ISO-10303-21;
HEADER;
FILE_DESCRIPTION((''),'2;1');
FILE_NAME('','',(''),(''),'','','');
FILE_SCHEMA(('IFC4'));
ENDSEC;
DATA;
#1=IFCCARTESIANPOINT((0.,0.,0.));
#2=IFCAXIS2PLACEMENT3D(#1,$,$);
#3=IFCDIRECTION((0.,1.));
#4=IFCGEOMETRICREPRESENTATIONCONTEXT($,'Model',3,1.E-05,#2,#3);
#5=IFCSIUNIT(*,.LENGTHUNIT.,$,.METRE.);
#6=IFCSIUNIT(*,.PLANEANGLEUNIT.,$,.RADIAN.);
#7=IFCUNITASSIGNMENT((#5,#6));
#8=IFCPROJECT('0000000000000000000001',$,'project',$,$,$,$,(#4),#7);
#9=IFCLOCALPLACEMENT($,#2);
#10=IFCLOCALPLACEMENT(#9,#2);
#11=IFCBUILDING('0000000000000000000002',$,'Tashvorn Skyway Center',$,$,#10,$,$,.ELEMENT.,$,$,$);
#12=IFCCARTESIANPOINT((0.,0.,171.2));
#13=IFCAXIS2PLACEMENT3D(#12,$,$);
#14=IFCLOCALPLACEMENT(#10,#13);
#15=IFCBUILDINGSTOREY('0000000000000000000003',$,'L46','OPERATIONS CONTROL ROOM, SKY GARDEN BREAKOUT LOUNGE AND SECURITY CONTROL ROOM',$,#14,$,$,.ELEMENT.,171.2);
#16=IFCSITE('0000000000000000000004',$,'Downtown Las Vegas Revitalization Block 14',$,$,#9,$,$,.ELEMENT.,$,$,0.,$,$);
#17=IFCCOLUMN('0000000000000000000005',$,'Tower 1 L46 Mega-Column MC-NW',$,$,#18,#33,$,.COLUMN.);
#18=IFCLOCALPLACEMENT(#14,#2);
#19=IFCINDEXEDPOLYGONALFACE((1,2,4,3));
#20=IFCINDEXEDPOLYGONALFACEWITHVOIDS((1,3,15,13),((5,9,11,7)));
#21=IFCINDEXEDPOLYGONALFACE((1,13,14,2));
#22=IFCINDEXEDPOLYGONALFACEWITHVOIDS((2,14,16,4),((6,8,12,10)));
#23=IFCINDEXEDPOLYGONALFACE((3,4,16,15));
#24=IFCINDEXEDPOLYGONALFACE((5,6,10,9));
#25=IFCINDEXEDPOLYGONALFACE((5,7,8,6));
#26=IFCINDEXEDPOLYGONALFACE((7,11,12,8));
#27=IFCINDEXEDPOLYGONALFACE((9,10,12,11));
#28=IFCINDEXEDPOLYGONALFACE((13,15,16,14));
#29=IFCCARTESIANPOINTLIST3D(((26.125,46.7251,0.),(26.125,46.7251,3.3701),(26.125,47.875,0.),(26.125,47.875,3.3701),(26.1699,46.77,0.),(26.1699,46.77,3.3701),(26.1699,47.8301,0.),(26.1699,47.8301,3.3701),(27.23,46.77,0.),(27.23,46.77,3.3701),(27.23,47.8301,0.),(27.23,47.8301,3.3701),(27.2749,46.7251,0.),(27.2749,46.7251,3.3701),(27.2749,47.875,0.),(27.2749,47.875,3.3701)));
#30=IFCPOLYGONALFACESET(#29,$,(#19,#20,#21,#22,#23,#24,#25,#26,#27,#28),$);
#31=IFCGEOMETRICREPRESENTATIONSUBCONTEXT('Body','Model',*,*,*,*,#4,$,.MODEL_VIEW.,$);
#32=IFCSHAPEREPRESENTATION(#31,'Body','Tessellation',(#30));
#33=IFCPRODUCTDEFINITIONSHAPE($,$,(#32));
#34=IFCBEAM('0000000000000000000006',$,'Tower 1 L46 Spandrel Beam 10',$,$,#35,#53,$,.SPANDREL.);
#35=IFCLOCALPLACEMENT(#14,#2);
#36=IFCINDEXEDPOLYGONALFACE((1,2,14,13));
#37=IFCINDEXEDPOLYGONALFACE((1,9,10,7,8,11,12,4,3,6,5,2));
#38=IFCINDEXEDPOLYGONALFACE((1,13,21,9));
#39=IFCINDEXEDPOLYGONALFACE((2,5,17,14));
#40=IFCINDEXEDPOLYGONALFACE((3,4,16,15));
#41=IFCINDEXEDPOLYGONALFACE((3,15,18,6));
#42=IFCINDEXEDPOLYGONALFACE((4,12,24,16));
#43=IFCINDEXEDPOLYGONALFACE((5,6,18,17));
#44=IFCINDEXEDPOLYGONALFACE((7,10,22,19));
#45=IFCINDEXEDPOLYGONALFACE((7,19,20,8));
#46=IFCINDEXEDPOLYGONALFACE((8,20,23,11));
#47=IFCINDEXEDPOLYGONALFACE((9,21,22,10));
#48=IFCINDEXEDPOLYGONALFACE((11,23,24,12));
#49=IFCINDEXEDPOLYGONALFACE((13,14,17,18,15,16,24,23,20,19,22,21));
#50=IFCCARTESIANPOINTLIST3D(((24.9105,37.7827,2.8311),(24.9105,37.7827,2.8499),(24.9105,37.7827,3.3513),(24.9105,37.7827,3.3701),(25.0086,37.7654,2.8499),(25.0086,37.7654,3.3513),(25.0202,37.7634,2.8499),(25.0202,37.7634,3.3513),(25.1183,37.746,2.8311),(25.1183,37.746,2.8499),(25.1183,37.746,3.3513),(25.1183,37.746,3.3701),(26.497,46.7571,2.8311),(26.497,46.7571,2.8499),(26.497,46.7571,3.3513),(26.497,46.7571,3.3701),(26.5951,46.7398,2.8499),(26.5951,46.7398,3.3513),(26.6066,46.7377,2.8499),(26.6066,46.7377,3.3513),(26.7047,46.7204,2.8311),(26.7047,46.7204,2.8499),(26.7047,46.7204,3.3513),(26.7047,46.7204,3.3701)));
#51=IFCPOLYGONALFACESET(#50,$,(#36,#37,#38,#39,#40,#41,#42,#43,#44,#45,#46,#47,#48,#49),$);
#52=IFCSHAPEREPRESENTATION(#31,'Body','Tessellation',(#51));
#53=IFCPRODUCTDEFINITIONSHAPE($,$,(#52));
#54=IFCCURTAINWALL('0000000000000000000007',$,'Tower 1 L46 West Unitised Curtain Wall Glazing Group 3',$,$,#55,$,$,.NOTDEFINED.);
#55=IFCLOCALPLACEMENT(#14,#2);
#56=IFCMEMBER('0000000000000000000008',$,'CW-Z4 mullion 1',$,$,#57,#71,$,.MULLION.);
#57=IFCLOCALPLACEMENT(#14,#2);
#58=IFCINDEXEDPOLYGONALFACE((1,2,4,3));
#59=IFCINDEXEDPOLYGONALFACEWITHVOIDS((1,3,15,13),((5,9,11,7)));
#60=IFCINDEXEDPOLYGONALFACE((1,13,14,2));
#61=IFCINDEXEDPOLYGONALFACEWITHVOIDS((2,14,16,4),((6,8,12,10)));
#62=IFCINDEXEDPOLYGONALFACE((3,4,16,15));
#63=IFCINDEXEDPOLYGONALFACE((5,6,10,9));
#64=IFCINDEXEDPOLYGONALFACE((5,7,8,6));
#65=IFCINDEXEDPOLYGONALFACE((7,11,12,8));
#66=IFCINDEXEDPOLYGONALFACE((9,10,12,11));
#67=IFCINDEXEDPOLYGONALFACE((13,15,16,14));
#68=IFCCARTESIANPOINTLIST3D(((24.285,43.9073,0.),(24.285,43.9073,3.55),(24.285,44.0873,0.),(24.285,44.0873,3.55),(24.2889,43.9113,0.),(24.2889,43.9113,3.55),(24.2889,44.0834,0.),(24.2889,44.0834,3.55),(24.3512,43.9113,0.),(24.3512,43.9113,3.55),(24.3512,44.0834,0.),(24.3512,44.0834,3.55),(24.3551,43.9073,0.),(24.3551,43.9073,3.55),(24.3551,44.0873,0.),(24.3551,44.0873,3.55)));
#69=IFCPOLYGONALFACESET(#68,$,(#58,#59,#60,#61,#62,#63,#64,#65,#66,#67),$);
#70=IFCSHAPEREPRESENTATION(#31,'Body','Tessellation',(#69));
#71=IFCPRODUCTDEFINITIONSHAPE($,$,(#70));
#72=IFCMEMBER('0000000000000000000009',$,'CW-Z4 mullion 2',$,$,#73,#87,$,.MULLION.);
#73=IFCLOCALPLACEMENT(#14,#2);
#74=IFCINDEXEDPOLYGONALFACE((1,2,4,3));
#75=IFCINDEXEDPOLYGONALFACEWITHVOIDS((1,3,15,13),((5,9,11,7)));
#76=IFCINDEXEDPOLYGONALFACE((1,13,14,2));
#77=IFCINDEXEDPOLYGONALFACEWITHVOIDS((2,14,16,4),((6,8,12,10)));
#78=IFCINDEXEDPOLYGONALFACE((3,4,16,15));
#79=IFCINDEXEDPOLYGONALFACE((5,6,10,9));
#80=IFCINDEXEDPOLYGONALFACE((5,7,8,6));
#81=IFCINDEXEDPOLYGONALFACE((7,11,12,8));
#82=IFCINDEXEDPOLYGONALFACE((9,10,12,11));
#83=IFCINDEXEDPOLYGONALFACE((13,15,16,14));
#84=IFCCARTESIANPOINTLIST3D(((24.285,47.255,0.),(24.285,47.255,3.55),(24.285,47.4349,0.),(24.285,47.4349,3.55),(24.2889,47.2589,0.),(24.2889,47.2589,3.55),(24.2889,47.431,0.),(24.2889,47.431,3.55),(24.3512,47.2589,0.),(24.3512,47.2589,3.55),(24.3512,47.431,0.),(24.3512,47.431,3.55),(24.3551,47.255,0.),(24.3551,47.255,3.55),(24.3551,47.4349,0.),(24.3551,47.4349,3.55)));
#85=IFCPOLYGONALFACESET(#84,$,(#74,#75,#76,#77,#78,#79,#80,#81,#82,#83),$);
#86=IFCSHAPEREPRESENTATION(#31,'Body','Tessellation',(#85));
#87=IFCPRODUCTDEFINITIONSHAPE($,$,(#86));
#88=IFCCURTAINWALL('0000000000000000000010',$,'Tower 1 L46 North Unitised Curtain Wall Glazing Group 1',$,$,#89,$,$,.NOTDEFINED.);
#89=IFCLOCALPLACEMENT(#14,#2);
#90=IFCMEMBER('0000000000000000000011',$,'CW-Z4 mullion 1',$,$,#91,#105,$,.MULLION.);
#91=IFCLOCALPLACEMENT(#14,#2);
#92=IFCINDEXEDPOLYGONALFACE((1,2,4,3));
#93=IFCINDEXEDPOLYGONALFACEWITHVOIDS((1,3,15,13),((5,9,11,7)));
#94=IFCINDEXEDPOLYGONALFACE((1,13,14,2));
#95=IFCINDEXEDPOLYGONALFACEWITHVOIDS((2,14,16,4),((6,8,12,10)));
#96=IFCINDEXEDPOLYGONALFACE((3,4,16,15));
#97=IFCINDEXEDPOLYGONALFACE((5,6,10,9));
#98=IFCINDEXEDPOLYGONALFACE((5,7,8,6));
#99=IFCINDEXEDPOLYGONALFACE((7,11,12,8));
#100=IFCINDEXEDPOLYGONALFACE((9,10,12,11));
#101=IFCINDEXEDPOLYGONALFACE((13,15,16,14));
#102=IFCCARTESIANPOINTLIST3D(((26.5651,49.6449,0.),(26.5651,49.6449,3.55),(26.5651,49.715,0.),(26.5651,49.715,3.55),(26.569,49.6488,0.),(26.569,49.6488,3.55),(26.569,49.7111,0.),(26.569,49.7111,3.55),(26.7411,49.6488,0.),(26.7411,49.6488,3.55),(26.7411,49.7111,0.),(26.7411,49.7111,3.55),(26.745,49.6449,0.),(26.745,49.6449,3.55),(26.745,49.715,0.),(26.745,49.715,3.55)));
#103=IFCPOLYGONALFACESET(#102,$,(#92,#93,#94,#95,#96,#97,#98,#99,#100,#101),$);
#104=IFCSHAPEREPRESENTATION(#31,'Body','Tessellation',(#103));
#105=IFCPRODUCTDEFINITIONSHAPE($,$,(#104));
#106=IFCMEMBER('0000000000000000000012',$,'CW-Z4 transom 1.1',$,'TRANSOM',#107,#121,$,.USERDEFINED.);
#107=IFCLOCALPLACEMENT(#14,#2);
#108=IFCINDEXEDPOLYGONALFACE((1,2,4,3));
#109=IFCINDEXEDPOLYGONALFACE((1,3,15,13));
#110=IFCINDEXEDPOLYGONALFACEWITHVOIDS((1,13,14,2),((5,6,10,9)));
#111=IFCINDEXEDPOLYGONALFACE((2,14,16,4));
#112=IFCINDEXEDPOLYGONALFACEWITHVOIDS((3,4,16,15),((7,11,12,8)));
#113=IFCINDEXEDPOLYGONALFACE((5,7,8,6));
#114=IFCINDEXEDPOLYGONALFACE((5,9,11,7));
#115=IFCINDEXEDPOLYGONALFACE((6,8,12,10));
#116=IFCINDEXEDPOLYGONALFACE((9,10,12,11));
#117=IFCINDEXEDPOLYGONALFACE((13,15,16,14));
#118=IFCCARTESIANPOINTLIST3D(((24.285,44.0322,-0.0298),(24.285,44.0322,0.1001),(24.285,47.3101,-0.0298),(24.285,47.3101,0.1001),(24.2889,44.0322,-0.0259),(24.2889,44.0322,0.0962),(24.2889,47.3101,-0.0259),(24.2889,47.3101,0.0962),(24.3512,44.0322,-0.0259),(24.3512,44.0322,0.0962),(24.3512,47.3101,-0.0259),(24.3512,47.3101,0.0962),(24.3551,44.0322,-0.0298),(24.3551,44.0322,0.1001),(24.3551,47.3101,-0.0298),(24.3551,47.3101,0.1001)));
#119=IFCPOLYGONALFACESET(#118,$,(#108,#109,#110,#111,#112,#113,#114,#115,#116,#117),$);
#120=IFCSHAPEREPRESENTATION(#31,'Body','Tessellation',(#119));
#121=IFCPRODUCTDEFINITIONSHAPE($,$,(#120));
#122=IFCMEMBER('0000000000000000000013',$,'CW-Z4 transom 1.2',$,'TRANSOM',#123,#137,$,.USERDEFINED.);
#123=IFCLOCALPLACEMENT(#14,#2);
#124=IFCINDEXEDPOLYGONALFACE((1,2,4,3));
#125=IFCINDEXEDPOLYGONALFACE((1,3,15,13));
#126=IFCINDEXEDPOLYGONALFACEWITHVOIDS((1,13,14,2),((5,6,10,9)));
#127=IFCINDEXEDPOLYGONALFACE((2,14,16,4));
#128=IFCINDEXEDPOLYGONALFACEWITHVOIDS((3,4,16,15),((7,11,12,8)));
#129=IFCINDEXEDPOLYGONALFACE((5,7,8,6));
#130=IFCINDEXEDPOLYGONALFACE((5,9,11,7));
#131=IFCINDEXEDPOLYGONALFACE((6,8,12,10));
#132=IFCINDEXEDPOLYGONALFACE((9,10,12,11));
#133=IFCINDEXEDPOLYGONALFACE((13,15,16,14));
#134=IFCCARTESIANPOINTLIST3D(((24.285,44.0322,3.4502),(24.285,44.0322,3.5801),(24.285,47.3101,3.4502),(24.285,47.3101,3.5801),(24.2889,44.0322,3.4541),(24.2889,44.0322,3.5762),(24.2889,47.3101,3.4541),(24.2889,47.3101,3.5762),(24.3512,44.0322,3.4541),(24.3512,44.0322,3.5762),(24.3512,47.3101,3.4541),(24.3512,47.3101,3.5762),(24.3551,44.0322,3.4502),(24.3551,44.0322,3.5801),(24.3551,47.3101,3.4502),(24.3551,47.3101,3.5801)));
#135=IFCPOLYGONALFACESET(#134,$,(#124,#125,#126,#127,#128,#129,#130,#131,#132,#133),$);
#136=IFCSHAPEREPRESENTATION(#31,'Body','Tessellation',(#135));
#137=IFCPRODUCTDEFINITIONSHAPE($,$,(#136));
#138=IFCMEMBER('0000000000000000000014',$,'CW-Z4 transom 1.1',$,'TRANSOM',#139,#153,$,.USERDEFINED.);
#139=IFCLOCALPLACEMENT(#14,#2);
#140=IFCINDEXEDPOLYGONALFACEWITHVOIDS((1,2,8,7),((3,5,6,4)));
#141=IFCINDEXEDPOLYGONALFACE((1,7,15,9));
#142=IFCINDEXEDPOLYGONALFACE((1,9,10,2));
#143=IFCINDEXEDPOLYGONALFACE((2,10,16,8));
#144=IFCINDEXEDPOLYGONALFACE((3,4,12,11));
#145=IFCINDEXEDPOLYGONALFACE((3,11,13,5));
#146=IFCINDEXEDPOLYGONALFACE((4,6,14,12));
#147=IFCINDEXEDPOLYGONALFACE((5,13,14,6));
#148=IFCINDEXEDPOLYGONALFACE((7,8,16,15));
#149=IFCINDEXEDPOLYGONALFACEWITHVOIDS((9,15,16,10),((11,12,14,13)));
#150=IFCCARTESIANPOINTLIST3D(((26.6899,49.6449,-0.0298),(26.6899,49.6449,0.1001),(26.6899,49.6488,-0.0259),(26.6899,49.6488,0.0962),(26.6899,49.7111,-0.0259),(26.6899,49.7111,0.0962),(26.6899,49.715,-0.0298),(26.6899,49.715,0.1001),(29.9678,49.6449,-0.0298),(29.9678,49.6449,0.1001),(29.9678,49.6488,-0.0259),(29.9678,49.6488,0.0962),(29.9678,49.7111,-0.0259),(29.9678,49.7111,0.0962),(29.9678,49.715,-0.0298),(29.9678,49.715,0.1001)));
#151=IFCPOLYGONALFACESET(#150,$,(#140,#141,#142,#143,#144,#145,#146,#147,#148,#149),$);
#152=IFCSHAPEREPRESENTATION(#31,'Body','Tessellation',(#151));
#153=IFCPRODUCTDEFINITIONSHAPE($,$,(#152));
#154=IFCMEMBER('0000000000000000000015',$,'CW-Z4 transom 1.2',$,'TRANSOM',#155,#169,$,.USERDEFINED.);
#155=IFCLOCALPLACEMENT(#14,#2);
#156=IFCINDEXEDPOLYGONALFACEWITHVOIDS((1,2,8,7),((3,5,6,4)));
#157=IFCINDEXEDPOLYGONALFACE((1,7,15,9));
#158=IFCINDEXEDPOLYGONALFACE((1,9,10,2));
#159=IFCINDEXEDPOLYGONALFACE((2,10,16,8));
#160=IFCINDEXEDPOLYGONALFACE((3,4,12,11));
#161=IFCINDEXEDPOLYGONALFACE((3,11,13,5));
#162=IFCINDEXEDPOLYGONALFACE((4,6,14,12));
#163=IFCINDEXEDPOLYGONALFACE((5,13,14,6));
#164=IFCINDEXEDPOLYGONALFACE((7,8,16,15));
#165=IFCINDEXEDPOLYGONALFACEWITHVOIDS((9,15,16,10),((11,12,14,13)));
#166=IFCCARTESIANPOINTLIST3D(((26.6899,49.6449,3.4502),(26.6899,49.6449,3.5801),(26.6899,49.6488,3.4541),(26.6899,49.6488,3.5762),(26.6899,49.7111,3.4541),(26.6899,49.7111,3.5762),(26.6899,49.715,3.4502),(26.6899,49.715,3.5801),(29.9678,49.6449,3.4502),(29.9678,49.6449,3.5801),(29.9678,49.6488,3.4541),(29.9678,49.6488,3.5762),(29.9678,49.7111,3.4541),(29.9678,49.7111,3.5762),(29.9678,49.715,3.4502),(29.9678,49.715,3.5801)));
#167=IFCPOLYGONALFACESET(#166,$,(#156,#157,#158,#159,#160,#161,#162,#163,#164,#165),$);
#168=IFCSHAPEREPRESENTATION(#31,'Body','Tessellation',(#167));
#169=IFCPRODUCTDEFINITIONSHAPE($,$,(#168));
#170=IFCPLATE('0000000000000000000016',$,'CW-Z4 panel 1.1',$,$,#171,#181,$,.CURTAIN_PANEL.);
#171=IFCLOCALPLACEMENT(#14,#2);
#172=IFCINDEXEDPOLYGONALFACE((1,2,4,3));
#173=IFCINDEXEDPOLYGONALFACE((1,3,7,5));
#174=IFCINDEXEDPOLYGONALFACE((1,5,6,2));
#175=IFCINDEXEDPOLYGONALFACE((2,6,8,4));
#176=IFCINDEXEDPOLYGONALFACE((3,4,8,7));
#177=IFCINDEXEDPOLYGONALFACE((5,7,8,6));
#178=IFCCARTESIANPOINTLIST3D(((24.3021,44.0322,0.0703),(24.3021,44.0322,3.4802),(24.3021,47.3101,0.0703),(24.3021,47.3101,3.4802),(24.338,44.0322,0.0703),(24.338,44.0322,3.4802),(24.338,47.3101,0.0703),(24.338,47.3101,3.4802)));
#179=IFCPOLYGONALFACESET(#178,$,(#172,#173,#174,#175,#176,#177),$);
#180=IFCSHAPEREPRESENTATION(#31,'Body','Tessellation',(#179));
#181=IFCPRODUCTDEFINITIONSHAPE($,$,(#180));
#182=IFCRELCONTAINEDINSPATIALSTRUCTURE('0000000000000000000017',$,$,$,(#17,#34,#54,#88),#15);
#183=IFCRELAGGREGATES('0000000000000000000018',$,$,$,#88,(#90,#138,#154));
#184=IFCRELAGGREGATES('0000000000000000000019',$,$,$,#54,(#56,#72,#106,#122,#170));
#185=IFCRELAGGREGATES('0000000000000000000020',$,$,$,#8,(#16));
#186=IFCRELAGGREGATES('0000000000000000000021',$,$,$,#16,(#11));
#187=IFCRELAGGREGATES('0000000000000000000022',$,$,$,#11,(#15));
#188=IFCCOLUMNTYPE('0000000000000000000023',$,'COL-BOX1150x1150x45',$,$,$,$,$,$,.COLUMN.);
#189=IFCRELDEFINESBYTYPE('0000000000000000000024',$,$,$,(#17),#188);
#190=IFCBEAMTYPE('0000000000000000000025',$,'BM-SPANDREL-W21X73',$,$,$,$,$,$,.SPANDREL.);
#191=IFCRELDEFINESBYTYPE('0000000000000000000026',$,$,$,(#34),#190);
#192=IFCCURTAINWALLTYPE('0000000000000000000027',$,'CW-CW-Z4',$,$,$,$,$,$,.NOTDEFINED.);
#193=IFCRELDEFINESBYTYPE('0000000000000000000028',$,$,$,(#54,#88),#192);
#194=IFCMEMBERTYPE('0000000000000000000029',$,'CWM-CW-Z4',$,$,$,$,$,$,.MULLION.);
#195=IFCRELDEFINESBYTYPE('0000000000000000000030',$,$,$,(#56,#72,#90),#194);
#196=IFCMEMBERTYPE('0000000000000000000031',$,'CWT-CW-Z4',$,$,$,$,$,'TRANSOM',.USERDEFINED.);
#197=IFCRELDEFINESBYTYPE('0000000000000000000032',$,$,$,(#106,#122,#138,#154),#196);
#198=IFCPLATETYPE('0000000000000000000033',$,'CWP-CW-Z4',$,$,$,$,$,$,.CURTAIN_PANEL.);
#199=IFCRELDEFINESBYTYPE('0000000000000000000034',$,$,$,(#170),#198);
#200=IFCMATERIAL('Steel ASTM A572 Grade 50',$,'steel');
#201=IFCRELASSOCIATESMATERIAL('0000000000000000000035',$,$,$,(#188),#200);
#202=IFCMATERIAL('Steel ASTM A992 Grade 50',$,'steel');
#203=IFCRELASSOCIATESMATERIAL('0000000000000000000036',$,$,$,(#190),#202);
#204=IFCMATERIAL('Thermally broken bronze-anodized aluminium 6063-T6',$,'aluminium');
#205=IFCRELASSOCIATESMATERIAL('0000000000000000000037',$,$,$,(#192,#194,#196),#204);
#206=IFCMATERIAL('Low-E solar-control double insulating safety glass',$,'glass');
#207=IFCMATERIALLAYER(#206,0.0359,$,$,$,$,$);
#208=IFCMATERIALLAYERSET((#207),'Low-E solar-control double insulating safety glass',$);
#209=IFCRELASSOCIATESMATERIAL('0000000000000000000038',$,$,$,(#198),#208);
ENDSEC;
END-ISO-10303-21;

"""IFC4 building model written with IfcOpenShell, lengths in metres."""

from ifc_helpers import new_model, si_unit, direction, frame, origin, origin_2d, place, context, subcontext, project, spatial, rectangle, hollow_rectangle, i_section, extrude, material, layer, layer_set, material_profile, profile_set, type_object, element, aggregate, save


model = new_model("IFC4")

# Units and contexts
model_context = context("Model", 3, precision=1e-05, world=origin(), true_north=direction((0.0, 1.0)))
body_context = subcontext(model_context, "Body", "Model", "MODEL_VIEW")
ifc_project = project(units=[si_unit("LENGTHUNIT", "METRE"), si_unit("PLANEANGLEUNIT", "RADIAN")], contexts=[model_context])

# Site, building, storey
site_placement = place(None, origin())
site = spatial("IfcSite", under=ifc_project, at=site_placement, Name="Downtown Las Vegas Revitalization Block 14", CompositionType="ELEMENT", RefElevation=0.0)
building_placement = place(site_placement, origin())
building = spatial("IfcBuilding", under=site, at=building_placement, Name="Tashvorn Skyway Center", CompositionType="ELEMENT")
storey_placement = place(building_placement, frame((0.0, 0.0, 171.2)))
storey = spatial("IfcBuildingStorey", under=building, at=storey_placement, Name="L46", Description="OPERATIONS CONTROL ROOM, SKY GARDEN BREAKOUT LOUNGE AND SECURITY CONTROL ROOM", CompositionType="ELEMENT", Elevation=171.2)

# Column
ifc_material_1 = material(Name="Steel ASTM A572 Grade 50", Category="steel")
ifc_material_profile_1 = material_profile(ifc_material_1, hollow_rectangle(XDim=1.1499, YDim=1.1499, WallThickness=0.0449, at=origin_2d()), Name="BOX1150x1150x45")
ifc_profile_set_1 = profile_set([ifc_material_profile_1], Name="Steel ASTM A572 Grade 50")
column_type = type_object("IfcColumnType", Name="COL-BOX1150x1150x45", PredefinedType="COLUMN", material=ifc_profile_set_1)
column_placement = place(storey_placement, frame((26.7, 47.3, 0.0), z_axis=(0.0, 0.0, 1.0), x_axis=(1.0, 0.0, 0.0)))
element("IfcColumn", 1, at=column_placement, inside=storey, type_object=column_type, Name="Tower 1 L46 Mega-Column MC-NW", PredefinedType="COLUMN", context=body_context, shape_type="SweptSolid", body=[
    extrude(hollow_rectangle(XDim=1.1499, YDim=1.1499, WallThickness=0.0449, at=origin_2d()), origin(), (0.0, 0.0, 1.0), 3.3701),
])

# Beam
ifc_material_2 = material(Name="Steel ASTM A992 Grade 50", Category="steel")
ifc_material_profile_2 = material_profile(ifc_material_2, i_section(OverallWidth=0.2109, OverallDepth=0.5391, WebThickness=0.0117, FlangeThickness=0.0188, at=origin_2d()), Name="W21X73")
ifc_profile_set_2 = profile_set([ifc_material_profile_2], Name="Steel ASTM A992 Grade 50")
beam_type = type_object("IfcBeamType", Name="BM-SPANDREL-W21X73", PredefinedType="SPANDREL", material=ifc_profile_set_2)
beam_placement = place(storey_placement, frame((26.6008, 46.7388, 3.1006), z_axis=(-0.174074, -0.984733, 0.0), x_axis=(0.984733, -0.174074, 0.0)))
element("IfcBeam", 2, at=beam_placement, inside=storey, type_object=beam_type, Name="Tower 1 L46 Spandrel Beam 10", PredefinedType="SPANDREL", context=body_context, shape_type="SweptSolid", body=[
    extrude(i_section(OverallWidth=0.2109, OverallDepth=0.5391, WebThickness=0.0117, FlangeThickness=0.0188, at=origin_2d()), origin(), (0.0, 0.0, 1.0), 9.1135),
])

# Curtain wall, members
ifc_material_3 = material(Name="Thermally broken bronze-anodized aluminium 6063-T6", Category="aluminium")
curtain_wall_type = type_object("IfcCurtainWallType", Name="CW-CW-Z4", PredefinedType="NOTDEFINED", material=ifc_material_3)
curtain_wall_1_placement = place(storey_placement, origin())
curtain_wall_1 = element("IfcCurtainWall", 3, at=curtain_wall_1_placement, inside=storey, type_object=curtain_wall_type, Name="Tower 1 L46 West Unitised Curtain Wall Glazing Group 3", PredefinedType="NOTDEFINED")
ifc_material_profile_3 = material_profile(ifc_material_3, hollow_rectangle(XDim=0.0701, YDim=0.1799, WallThickness=0.0039, at=origin_2d()), Name="ALU-MULL-70x180")
ifc_profile_set_3 = profile_set([ifc_material_profile_3], Name="Thermally broken bronze-anodized aluminium 6063-T6")
member_type_1 = type_object("IfcMemberType", Name="CWM-CW-Z4", PredefinedType="MULLION", material=ifc_profile_set_3)
member_1_placement = place(storey_placement, frame((24.3201, 43.9973, 0.0), z_axis=(0.0, 0.0, 1.0), x_axis=(-1.0, 0.0, 0.0)))
member_1 = element("IfcMember", 4, at=member_1_placement, type_object=member_type_1, Name="CW-Z4 mullion 1", PredefinedType="MULLION", context=body_context, shape_type="SweptSolid", body=[
    extrude(hollow_rectangle(XDim=0.0701, YDim=0.1799, WallThickness=0.0039, at=origin_2d()), origin(), (0.0, 0.0, 1.0), 3.55),
])
member_2_placement = place(storey_placement, frame((24.3201, 47.345, 0.0), z_axis=(0.0, 0.0, 1.0), x_axis=(-1.0, 0.0, 0.0)))
member_2 = element("IfcMember", 5, at=member_2_placement, type_object=member_type_1, Name="CW-Z4 mullion 2", PredefinedType="MULLION", context=body_context, shape_type="SweptSolid", body=[
    extrude(hollow_rectangle(XDim=0.0701, YDim=0.1799, WallThickness=0.0039, at=origin_2d()), origin(), (0.0, 0.0, 1.0), 3.55),
])

# Curtain wall, member
curtain_wall_2_placement = place(storey_placement, origin())
curtain_wall_2 = element("IfcCurtainWall", 6, at=curtain_wall_2_placement, inside=storey, type_object=curtain_wall_type, Name="Tower 1 L46 North Unitised Curtain Wall Glazing Group 1", PredefinedType="NOTDEFINED")
member_3_placement = place(storey_placement, frame((26.655, 49.6799, 0.0), z_axis=(0.0, 0.0, 1.0), x_axis=(0.0, 1.0, 0.0)))
member_3 = element("IfcMember", 7, at=member_3_placement, type_object=member_type_1, Name="CW-Z4 mullion 1", PredefinedType="MULLION", context=body_context, shape_type="SweptSolid", body=[
    extrude(hollow_rectangle(XDim=0.0701, YDim=0.1799, WallThickness=0.0039, at=origin_2d()), origin(), (0.0, 0.0, 1.0), 3.55),
])

# Members
ifc_material_profile_4 = material_profile(ifc_material_3, hollow_rectangle(XDim=0.0701, YDim=0.1299, WallThickness=0.0039, at=origin_2d()), Name="ALU-TRAN-70x130")
ifc_profile_set_4 = profile_set([ifc_material_profile_4], Name="Thermally broken bronze-anodized aluminium 6063-T6")
member_type_2 = type_object("IfcMemberType", Name="CWT-CW-Z4", ElementType="TRANSOM", PredefinedType="USERDEFINED", material=ifc_profile_set_4)
member_4_placement = place(storey_placement, frame((24.3201, 44.0322, 0.0352), z_axis=(0.0, 1.0, 0.0), x_axis=(-1.0, 0.0, 0.0)))
member_4 = element("IfcMember", 8, at=member_4_placement, type_object=member_type_2, Name="CW-Z4 transom 1.1", ObjectType="TRANSOM", PredefinedType="USERDEFINED", context=body_context, shape_type="SweptSolid", body=[
    extrude(hollow_rectangle(XDim=0.0701, YDim=0.1299, WallThickness=0.0039, at=origin_2d()), origin(), (0.0, 0.0, 1.0), 3.2778),
])
member_5_placement = place(storey_placement, frame((24.3201, 44.0322, 3.5151), z_axis=(0.0, 1.0, 0.0), x_axis=(-1.0, 0.0, 0.0)))
member_5 = element("IfcMember", 9, at=member_5_placement, type_object=member_type_2, Name="CW-Z4 transom 1.2", ObjectType="TRANSOM", PredefinedType="USERDEFINED", context=body_context, shape_type="SweptSolid", body=[
    extrude(hollow_rectangle(XDim=0.0701, YDim=0.1299, WallThickness=0.0039, at=origin_2d()), origin(), (0.0, 0.0, 1.0), 3.2778),
])
member_6_placement = place(storey_placement, frame((26.6899, 49.6799, 0.0352), z_axis=(1.0, 0.0, 0.0), x_axis=(0.0, 1.0, 0.0)))
member_6 = element("IfcMember", 10, at=member_6_placement, type_object=member_type_2, Name="CW-Z4 transom 1.1", ObjectType="TRANSOM", PredefinedType="USERDEFINED", context=body_context, shape_type="SweptSolid", body=[
    extrude(hollow_rectangle(XDim=0.0701, YDim=0.1299, WallThickness=0.0039, at=origin_2d()), origin(), (0.0, 0.0, 1.0), 3.2778),
])
member_7_placement = place(storey_placement, frame((26.6899, 49.6799, 3.5151), z_axis=(1.0, 0.0, 0.0), x_axis=(0.0, 1.0, 0.0)))
member_7 = element("IfcMember", 11, at=member_7_placement, type_object=member_type_2, Name="CW-Z4 transom 1.2", ObjectType="TRANSOM", PredefinedType="USERDEFINED", context=body_context, shape_type="SweptSolid", body=[
    extrude(hollow_rectangle(XDim=0.0701, YDim=0.1299, WallThickness=0.0039, at=origin_2d()), origin(), (0.0, 0.0, 1.0), 3.2778),
])
aggregate(curtain_wall_2, [member_3, member_6, member_7])

# Plate
ifc_material_4 = material(Name="Low-E solar-control double insulating safety glass", Category="glass")
ifc_layer_1 = layer(ifc_material_4, 0.0359)
ifc_layer_set_1 = layer_set([ifc_layer_1], Name="Low-E solar-control double insulating safety glass")
plate_type = type_object("IfcPlateType", Name="CWP-CW-Z4", PredefinedType="CURTAIN_PANEL", material=ifc_layer_set_1)
plate_placement = place(storey_placement, frame((24.3201, 45.6711, 0.0703), z_axis=(0.0, 0.0, 1.0), x_axis=(0.0, 1.0, 0.0)))
plate = element("IfcPlate", 12, at=plate_placement, type_object=plate_type, Name="CW-Z4 panel 1.1", PredefinedType="CURTAIN_PANEL", context=body_context, shape_type="SweptSolid", body=[
    extrude(rectangle(XDim=3.2778, YDim=0.0359, at=origin_2d()), origin(), (0.0, 0.0, 1.0), 3.4099),
])
aggregate(curtain_wall_1, [member_1, member_2, member_4, member_5, plate])

save(model, "model.ifc")
